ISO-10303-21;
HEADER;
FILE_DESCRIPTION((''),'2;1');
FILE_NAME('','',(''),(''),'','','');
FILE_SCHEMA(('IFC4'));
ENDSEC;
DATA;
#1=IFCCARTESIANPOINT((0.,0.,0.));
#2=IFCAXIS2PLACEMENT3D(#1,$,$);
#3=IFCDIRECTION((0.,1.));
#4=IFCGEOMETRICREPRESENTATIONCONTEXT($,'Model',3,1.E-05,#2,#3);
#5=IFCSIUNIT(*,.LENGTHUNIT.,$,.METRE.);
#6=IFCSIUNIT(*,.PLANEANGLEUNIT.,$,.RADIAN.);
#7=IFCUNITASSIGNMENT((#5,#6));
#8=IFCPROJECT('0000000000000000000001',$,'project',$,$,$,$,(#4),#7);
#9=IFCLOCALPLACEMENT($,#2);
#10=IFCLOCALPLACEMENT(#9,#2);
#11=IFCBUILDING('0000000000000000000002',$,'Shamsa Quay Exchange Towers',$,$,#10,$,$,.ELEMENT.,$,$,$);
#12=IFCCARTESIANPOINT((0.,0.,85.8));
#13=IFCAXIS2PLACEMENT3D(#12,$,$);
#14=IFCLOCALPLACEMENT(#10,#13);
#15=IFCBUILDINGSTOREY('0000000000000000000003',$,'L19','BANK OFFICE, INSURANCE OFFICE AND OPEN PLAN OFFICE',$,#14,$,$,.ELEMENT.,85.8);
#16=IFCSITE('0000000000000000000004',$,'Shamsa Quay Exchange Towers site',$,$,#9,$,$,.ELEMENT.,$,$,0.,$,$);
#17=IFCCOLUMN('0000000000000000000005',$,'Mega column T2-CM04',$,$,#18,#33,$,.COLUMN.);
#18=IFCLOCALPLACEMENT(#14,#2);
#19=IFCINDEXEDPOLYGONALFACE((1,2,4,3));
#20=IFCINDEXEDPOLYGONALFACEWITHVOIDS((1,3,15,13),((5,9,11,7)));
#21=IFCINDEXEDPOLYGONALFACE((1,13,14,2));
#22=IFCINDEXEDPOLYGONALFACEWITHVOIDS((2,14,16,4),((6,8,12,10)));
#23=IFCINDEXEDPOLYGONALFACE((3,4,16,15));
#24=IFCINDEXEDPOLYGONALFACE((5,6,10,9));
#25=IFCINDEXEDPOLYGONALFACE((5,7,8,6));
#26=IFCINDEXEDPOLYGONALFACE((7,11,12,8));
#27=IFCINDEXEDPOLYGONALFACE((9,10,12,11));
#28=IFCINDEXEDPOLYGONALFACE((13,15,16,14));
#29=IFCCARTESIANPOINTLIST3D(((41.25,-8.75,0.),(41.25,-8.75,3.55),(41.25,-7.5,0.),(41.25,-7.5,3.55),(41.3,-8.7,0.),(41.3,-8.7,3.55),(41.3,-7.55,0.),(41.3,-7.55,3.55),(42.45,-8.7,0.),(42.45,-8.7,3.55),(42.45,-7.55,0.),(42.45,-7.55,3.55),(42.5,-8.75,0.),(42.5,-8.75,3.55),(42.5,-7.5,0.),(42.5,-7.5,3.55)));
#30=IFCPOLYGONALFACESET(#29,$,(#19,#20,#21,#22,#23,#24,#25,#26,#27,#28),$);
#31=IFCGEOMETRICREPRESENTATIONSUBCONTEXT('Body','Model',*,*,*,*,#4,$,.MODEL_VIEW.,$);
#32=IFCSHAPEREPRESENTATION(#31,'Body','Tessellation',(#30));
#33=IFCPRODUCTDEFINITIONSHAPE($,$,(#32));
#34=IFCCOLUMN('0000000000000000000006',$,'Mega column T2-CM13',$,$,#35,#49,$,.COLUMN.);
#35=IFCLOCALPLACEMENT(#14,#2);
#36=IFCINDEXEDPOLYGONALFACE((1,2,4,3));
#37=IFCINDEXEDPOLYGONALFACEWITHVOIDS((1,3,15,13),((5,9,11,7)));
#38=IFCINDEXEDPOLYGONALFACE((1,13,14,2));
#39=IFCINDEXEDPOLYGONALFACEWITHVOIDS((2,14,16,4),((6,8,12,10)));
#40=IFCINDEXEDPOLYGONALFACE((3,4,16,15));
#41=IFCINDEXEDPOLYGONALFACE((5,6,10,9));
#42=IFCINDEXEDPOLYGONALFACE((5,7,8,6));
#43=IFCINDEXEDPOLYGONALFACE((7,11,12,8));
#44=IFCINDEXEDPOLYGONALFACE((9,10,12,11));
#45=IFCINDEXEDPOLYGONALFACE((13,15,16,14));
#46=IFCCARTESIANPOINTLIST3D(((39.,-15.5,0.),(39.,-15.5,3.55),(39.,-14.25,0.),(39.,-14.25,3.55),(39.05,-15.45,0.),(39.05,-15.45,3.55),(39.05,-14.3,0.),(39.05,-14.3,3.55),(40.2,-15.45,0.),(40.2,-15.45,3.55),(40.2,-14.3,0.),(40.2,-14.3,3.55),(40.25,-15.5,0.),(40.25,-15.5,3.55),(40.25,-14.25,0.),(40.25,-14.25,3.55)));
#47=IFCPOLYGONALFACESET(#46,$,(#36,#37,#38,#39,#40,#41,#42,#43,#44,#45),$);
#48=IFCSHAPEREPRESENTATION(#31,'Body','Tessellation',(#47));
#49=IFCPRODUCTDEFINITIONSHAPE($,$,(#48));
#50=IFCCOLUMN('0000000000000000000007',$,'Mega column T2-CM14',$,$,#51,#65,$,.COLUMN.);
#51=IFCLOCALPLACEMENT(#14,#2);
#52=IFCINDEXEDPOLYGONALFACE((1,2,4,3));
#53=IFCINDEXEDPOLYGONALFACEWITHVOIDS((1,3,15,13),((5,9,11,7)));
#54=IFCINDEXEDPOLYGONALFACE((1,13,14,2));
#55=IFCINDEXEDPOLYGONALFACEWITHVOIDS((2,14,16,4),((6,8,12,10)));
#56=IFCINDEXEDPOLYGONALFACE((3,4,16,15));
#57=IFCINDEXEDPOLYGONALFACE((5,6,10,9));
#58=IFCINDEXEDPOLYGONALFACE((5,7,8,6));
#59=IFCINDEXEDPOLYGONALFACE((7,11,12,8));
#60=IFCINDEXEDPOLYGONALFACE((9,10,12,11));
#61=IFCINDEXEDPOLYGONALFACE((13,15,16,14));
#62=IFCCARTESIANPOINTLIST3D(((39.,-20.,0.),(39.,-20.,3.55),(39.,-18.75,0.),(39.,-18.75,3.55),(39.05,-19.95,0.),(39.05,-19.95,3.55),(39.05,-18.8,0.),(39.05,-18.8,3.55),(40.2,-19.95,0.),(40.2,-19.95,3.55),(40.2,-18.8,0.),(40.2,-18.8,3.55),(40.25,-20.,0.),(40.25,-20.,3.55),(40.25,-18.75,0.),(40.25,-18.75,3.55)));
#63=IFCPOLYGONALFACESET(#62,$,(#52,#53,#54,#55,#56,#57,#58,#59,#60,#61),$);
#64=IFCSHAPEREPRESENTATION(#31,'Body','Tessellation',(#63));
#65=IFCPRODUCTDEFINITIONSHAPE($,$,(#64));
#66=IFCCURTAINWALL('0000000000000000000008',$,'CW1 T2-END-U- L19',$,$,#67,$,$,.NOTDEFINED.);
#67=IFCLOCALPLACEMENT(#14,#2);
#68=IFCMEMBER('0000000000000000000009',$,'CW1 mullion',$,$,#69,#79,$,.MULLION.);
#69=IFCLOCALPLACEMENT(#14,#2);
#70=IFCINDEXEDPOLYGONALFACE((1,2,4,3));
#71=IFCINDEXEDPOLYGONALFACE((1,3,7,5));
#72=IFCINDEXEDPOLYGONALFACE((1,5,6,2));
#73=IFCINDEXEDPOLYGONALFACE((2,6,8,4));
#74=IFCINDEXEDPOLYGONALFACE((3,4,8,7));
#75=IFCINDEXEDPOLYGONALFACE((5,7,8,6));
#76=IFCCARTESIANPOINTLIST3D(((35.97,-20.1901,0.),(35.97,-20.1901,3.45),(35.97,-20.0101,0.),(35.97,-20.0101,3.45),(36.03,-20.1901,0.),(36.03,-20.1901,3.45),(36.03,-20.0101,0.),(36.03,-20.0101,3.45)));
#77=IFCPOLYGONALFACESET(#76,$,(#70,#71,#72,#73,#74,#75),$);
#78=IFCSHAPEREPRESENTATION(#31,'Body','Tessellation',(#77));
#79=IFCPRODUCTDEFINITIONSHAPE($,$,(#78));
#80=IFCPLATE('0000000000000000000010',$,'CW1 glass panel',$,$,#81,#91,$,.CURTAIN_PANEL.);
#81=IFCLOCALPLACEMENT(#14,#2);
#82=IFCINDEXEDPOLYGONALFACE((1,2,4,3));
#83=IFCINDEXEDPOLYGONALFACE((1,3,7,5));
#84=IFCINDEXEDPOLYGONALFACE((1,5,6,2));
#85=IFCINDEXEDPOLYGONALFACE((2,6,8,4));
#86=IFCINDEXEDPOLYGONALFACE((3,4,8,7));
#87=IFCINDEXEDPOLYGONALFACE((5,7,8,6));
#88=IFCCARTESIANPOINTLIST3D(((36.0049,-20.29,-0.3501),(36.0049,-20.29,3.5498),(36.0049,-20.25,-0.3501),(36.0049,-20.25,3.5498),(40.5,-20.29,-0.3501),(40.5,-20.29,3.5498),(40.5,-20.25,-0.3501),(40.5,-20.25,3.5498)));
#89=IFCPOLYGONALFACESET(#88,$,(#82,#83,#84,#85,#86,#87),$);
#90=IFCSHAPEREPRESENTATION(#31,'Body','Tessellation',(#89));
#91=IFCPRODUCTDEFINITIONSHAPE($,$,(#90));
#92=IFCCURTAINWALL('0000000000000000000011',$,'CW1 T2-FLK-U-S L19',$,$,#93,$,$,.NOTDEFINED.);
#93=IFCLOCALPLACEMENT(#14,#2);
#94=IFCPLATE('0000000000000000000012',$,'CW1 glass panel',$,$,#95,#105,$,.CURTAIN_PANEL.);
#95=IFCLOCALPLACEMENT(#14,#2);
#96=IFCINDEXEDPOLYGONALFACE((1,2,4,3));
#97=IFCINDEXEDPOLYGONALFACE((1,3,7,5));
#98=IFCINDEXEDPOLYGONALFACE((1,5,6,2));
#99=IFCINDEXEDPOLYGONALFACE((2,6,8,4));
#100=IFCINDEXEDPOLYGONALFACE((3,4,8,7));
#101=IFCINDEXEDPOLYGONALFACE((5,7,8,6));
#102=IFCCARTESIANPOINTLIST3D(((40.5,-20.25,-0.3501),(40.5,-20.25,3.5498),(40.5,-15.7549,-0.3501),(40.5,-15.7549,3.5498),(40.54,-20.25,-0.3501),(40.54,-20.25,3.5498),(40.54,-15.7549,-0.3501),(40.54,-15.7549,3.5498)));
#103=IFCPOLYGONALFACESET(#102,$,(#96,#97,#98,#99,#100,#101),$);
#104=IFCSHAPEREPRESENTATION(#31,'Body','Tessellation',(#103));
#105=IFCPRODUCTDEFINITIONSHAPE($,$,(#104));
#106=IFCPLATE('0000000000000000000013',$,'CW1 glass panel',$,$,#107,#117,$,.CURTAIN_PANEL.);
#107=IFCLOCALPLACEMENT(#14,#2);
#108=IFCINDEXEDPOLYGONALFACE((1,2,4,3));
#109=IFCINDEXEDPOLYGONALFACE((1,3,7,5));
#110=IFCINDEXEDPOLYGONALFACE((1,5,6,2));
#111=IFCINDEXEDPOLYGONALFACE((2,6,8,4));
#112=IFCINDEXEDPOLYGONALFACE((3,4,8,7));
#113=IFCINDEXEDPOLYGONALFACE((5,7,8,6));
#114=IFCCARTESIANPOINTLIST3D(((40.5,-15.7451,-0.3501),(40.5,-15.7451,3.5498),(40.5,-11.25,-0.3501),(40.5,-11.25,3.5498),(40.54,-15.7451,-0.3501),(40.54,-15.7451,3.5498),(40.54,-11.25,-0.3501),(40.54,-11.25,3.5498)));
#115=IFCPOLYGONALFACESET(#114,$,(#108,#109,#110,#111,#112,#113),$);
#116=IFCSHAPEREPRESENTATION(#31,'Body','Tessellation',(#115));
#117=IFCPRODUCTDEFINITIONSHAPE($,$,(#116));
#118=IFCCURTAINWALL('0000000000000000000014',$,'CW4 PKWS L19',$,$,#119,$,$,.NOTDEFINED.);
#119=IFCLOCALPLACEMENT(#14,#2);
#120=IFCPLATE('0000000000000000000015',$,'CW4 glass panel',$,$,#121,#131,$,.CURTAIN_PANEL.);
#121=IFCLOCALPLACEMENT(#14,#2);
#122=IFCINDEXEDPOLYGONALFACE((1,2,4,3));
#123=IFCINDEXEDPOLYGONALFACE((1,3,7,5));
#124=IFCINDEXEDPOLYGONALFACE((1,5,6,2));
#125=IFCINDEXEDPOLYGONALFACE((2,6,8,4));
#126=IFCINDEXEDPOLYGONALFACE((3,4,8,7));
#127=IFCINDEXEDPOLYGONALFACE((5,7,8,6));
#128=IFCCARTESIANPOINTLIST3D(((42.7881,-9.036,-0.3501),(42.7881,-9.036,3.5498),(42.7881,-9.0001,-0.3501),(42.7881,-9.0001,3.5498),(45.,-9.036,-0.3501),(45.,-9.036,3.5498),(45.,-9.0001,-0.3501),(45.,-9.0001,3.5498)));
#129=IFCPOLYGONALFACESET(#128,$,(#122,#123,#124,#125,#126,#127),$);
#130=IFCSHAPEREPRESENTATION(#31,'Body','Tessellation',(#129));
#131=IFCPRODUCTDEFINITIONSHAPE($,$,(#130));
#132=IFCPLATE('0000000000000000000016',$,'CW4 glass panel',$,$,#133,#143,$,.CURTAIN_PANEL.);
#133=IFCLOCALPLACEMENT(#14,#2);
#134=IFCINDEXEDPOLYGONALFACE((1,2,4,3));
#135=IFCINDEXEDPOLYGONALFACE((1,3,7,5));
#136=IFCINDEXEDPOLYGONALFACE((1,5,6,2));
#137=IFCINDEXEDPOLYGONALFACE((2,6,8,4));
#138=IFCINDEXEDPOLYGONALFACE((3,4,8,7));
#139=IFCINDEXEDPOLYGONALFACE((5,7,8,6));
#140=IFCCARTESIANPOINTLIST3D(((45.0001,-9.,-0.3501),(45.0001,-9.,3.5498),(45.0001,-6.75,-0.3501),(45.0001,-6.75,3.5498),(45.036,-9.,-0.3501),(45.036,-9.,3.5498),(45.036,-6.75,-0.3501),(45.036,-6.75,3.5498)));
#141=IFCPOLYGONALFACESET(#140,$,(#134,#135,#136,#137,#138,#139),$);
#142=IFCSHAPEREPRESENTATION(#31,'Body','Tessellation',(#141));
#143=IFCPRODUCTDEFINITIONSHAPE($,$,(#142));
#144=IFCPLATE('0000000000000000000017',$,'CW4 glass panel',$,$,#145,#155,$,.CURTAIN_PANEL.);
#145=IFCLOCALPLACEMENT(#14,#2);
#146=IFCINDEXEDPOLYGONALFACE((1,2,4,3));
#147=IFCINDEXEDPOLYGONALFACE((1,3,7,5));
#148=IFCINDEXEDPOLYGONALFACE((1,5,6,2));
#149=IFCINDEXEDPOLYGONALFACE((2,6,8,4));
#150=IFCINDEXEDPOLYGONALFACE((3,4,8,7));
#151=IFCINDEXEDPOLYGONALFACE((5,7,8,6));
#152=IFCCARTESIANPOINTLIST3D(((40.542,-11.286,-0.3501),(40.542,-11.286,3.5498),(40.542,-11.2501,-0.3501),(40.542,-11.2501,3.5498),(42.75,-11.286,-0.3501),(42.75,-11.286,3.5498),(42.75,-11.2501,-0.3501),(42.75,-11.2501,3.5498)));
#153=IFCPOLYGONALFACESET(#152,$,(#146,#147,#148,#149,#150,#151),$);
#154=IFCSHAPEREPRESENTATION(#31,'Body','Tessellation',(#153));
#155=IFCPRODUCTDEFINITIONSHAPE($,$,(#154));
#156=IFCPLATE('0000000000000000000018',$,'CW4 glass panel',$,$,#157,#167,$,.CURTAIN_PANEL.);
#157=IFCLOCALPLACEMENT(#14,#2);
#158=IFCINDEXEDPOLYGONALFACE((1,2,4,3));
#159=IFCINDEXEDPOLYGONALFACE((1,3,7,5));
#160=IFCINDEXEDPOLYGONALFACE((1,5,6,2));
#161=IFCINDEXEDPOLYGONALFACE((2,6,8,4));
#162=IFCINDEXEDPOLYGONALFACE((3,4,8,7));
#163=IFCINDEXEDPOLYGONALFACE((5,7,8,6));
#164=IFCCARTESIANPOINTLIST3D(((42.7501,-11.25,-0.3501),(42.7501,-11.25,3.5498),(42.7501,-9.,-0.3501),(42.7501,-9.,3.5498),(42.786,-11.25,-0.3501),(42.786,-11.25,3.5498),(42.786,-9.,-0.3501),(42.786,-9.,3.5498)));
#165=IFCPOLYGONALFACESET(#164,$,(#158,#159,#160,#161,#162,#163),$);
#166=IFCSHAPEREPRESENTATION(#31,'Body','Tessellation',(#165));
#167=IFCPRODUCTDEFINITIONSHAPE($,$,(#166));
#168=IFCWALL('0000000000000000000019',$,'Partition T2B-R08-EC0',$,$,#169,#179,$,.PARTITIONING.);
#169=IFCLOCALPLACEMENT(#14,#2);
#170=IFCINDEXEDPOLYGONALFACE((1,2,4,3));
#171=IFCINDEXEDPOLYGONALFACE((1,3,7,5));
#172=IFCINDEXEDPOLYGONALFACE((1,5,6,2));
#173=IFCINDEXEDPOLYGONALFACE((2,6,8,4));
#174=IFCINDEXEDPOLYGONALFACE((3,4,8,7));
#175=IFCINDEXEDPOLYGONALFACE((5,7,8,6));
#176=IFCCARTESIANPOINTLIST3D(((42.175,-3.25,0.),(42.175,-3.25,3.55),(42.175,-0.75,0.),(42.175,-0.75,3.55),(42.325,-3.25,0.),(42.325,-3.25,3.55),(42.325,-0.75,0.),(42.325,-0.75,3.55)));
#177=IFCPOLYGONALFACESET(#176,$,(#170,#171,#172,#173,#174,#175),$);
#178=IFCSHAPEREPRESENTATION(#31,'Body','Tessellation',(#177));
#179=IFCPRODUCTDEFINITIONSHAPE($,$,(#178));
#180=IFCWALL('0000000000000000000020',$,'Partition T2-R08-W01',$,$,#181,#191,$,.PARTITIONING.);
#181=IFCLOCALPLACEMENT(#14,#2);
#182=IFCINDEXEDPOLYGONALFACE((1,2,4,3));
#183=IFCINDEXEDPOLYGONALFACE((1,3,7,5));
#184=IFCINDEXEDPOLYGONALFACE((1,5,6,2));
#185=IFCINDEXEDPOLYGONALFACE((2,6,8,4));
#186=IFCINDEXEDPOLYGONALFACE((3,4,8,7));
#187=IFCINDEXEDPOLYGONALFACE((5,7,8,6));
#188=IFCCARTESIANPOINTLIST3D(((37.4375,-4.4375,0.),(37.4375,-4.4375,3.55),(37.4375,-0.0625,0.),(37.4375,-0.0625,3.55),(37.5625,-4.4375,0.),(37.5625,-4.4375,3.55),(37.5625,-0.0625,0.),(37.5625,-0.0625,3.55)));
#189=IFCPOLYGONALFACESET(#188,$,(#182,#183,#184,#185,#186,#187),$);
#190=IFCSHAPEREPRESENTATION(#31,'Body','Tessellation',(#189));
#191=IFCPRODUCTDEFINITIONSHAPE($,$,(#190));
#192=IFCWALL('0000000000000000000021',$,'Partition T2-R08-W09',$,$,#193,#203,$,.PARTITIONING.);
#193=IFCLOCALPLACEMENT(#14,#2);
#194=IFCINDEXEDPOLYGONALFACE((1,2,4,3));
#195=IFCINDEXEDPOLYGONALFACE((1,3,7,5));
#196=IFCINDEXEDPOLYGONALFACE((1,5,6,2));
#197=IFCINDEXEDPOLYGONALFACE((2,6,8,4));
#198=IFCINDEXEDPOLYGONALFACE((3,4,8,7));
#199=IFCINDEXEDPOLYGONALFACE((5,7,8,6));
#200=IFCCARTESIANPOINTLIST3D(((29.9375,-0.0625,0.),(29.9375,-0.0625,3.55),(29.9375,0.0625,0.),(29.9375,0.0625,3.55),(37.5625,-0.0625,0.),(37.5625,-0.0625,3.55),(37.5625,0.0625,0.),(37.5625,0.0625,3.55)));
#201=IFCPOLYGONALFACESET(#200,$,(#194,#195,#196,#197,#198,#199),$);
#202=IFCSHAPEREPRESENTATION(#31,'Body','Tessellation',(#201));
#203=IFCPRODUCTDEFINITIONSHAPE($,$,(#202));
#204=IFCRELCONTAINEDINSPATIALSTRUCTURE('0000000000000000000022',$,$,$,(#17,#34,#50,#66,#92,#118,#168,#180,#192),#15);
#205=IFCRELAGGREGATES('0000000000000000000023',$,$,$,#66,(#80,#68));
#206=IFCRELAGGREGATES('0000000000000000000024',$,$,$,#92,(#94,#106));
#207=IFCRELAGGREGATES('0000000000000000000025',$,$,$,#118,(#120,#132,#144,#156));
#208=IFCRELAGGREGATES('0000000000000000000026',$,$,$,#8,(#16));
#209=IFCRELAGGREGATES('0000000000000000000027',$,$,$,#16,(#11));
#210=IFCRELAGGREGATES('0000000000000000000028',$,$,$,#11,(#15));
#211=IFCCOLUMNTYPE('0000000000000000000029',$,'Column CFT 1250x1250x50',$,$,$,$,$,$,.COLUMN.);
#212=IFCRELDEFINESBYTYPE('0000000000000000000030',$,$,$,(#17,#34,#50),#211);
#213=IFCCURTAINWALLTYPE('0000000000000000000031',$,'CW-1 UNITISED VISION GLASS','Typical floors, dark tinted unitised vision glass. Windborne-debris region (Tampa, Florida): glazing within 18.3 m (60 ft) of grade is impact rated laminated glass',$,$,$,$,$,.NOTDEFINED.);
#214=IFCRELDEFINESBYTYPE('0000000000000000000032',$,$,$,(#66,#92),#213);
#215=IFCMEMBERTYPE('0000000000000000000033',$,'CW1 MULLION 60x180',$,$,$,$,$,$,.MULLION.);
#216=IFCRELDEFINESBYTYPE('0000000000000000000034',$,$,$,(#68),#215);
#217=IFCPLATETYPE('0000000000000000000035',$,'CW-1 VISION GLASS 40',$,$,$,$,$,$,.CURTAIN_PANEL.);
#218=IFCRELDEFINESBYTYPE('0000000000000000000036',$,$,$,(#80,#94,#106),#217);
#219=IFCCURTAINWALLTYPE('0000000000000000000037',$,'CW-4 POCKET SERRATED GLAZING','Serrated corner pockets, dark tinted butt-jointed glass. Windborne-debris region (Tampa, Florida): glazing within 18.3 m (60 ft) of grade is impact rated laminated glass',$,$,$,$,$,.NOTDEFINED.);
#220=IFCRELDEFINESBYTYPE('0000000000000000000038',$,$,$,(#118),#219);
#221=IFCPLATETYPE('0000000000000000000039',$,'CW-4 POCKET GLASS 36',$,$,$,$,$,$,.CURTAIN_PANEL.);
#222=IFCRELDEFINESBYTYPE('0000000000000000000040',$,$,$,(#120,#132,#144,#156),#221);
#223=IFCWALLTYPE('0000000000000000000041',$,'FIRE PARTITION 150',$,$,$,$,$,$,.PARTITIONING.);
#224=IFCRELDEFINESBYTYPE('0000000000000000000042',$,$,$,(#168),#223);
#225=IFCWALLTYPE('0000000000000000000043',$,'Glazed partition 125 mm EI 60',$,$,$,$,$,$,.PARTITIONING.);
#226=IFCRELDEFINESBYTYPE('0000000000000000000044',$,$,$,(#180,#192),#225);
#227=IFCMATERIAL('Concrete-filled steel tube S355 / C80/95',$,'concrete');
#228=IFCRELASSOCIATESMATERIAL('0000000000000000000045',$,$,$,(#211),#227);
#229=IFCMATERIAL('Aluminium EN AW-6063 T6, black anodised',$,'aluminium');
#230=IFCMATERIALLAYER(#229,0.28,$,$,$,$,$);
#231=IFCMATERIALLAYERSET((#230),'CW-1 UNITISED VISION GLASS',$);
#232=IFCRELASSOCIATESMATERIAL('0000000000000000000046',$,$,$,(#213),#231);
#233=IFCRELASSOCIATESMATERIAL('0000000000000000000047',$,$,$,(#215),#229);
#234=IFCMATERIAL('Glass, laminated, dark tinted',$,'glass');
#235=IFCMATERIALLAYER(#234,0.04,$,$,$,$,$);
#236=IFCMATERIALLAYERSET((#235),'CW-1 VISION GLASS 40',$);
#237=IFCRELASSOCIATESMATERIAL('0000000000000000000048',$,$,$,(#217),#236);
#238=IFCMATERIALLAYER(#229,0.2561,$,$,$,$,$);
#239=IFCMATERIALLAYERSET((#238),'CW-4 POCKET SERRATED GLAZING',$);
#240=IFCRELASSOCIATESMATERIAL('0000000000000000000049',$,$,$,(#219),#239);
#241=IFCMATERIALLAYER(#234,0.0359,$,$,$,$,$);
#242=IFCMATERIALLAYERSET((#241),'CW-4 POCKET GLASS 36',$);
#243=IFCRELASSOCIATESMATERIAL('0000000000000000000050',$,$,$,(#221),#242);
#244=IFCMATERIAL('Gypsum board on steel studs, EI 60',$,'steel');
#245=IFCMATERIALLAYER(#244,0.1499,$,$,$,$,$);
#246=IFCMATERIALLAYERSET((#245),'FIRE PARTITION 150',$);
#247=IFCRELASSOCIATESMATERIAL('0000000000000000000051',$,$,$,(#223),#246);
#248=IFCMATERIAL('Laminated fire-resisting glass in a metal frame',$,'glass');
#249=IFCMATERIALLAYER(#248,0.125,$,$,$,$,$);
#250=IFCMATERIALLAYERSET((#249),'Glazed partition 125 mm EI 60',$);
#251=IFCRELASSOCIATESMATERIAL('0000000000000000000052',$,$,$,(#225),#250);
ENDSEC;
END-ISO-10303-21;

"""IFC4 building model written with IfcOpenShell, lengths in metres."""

from ifc_helpers import new_model, si_unit, direction, frame, frame_2d, origin, origin_2d, place, context, subcontext, project, spatial, rectangle, hollow_rectangle, extrude, material, layer, layer_set, material_profile, profile_set, type_object, element, aggregate, save


model = new_model("IFC4")

# Units and contexts
model_context = context("Model", 3, precision=1e-05, world=origin(), true_north=direction((0.0, 1.0)))
body_context = subcontext(model_context, "Body", "Model", "MODEL_VIEW")
ifc_project = project(units=[si_unit("LENGTHUNIT", "METRE"), si_unit("PLANEANGLEUNIT", "RADIAN")], contexts=[model_context])

# Site, building, storey
site_placement = place(None, origin())
site = spatial("IfcSite", under=ifc_project, at=site_placement, Name="Shamsa Quay Exchange Towers site", CompositionType="ELEMENT", RefElevation=0.0)
building_placement = place(site_placement, origin())
building = spatial("IfcBuilding", under=site, at=building_placement, Name="Shamsa Quay Exchange Towers", CompositionType="ELEMENT")
storey_placement = place(building_placement, frame((0.0, 0.0, 85.8)))
storey = spatial("IfcBuildingStorey", under=building, at=storey_placement, Name="L19", Description="BANK OFFICE, INSURANCE OFFICE AND OPEN PLAN OFFICE", CompositionType="ELEMENT", Elevation=85.8)

# Columns
ifc_material_1 = material(Name="Concrete-filled steel tube S355 / C80/95", Category="concrete")
ifc_material_profile_1 = material_profile(ifc_material_1, hollow_rectangle(XDim=1.25, YDim=1.25, WallThickness=0.05, at=origin_2d()), Name="CFT 1250x1250x50")
ifc_profile_set_1 = profile_set([ifc_material_profile_1], Name="Concrete-filled steel tube S355 / C80/95")
column_type = type_object("IfcColumnType", Name="Column CFT 1250x1250x50", PredefinedType="COLUMN", material=ifc_profile_set_1)
for number, where, name in (
    (1, (41.875, -8.125, 0.0), "Mega column T2-CM04"),
    (2, (39.625, -14.875, 0.0), "Mega column T2-CM13"),
    (3, (39.625, -19.375, 0.0), "Mega column T2-CM14"),
):
    element("IfcColumn", number, at=place(storey_placement, frame(where)), inside=storey, type_object=column_type, Name=name, PredefinedType="COLUMN", context=body_context, shape_type="SweptSolid", body=[
        extrude(hollow_rectangle(XDim=1.25, YDim=1.25, WallThickness=0.05, at=origin_2d()), origin(), (0.0, 0.0, 1.0), 3.55),
    ])

# Curtain wall, member, plate
ifc_material_2 = material(Name="Aluminium EN AW-6063 T6, black anodised", Category="aluminium")
ifc_layer_1 = layer(ifc_material_2, 0.28)
ifc_layer_set_1 = layer_set([ifc_layer_1], Name="CW-1 UNITISED VISION GLASS")
curtain_wall_type_1 = type_object("IfcCurtainWallType", Name="CW-1 UNITISED VISION GLASS", Description="Typical floors, dark tinted unitised vision glass. Windborne-debris region (Tampa, Florida): glazing within 18.3 m (60 ft) of grade is impact rated laminated glass", PredefinedType="NOTDEFINED", material=ifc_layer_set_1)
curtain_wall_1_placement = place(storey_placement, origin())
curtain_wall_1 = element("IfcCurtainWall", 4, at=curtain_wall_1_placement, inside=storey, type_object=curtain_wall_type_1, Name="CW1 T2-END-U- L19", PredefinedType="NOTDEFINED")
ifc_material_profile_2 = material_profile(ifc_material_2, rectangle(XDim=0.1799, YDim=0.0601, at=origin_2d()), Name="MU60x180")
ifc_profile_set_2 = profile_set([ifc_material_profile_2], Name="Aluminium EN AW-6063 T6, black anodised")
member_type = type_object("IfcMemberType", Name="CW1 MULLION 60x180", PredefinedType="MULLION", material=ifc_profile_set_2)
member_placement = place(storey_placement, frame((36.0, -20.1001, 0.0), z_axis=(0.0, 0.0, 1.0), x_axis=(0.0, 1.0, 0.0)))
member = element("IfcMember", 5, at=member_placement, type_object=member_type, Name="CW1 mullion", PredefinedType="MULLION", context=body_context, shape_type="SweptSolid", body=[
    extrude(rectangle(XDim=0.1799, YDim=0.0601, at=origin_2d()), origin(), (0.0, 0.0, 1.0), 3.45),
])
ifc_material_3 = material(Name="Glass, laminated, dark tinted", Category="glass")
ifc_layer_2 = layer(ifc_material_3, 0.04)
ifc_layer_set_2 = layer_set([ifc_layer_2], Name="CW-1 VISION GLASS 40")
plate_type_1 = type_object("IfcPlateType", Name="CW-1 VISION GLASS 40", PredefinedType="CURTAIN_PANEL", material=ifc_layer_set_2)
plate_1_placement = place(storey_placement, frame((38.2524, -20.27, -0.3501)))
plate_1 = element("IfcPlate", 6, at=plate_1_placement, type_object=plate_type_1, Name="CW1 glass panel", PredefinedType="CURTAIN_PANEL", context=body_context, shape_type="SweptSolid", body=[
    extrude(rectangle(XDim=4.4951, YDim=0.04, at=origin_2d()), origin(), (0.0, 0.0, 1.0), 3.8999),
])
aggregate(curtain_wall_1, [plate_1, member])

# Curtain walls, plates
curtain_wall_2_placement = place(storey_placement, origin())
curtain_wall_2 = element("IfcCurtainWall", 7, at=curtain_wall_2_placement, inside=storey, type_object=curtain_wall_type_1, Name="CW1 T2-FLK-U-S L19", PredefinedType="NOTDEFINED")
plate_2_placement = place(storey_placement, frame((40.52, -18.0024, -0.3501), z_axis=(0.0, 0.0, 1.0), x_axis=(0.0, 1.0, 0.0)))
plate_2 = element("IfcPlate", 8, at=plate_2_placement, type_object=plate_type_1, Name="CW1 glass panel", PredefinedType="CURTAIN_PANEL", context=body_context, shape_type="SweptSolid", body=[
    extrude(rectangle(XDim=4.4951, YDim=0.04, at=origin_2d()), origin(), (0.0, 0.0, 1.0), 3.8999),
])
plate_3_placement = place(storey_placement, frame((40.52, -13.4976, -0.3501), z_axis=(0.0, 0.0, 1.0), x_axis=(0.0, 1.0, 0.0)))
plate_3 = element("IfcPlate", 9, at=plate_3_placement, type_object=plate_type_1, Name="CW1 glass panel", PredefinedType="CURTAIN_PANEL", context=body_context, shape_type="SweptSolid", body=[
    extrude(rectangle(XDim=4.4951, YDim=0.04, at=origin_2d()), origin(), (0.0, 0.0, 1.0), 3.8999),
])
aggregate(curtain_wall_2, [plate_2, plate_3])
ifc_layer_3 = layer(ifc_material_2, 0.2561)
ifc_layer_set_3 = layer_set([ifc_layer_3], Name="CW-4 POCKET SERRATED GLAZING")
curtain_wall_type_2 = type_object("IfcCurtainWallType", Name="CW-4 POCKET SERRATED GLAZING", Description="Serrated corner pockets, dark tinted butt-jointed glass. Windborne-debris region (Tampa, Florida): glazing within 18.3 m (60 ft) of grade is impact rated laminated glass", PredefinedType="NOTDEFINED", material=ifc_layer_set_3)
curtain_wall_3_placement = place(storey_placement, origin())
curtain_wall_3 = element("IfcCurtainWall", 10, at=curtain_wall_3_placement, inside=storey, type_object=curtain_wall_type_2, Name="CW4 PKWS L19", PredefinedType="NOTDEFINED")
ifc_layer_4 = layer(ifc_material_3, 0.0359)
ifc_layer_set_4 = layer_set([ifc_layer_4], Name="CW-4 POCKET GLASS 36")
plate_type_2 = type_object("IfcPlateType", Name="CW-4 POCKET GLASS 36", PredefinedType="CURTAIN_PANEL", material=ifc_layer_set_4)
plate_4_placement = place(storey_placement, frame((43.894, -9.0181, -0.3501)))
plate_4 = element("IfcPlate", 11, at=plate_4_placement, type_object=plate_type_2, Name="CW4 glass panel", PredefinedType="CURTAIN_PANEL", context=body_context, shape_type="SweptSolid", body=[
    extrude(rectangle(XDim=2.2119, YDim=0.0359, at=origin_2d()), origin(), (0.0, 0.0, 1.0), 3.8999),
])
plate_5_placement = place(storey_placement, frame((45.0181, -7.875, -0.3501), z_axis=(0.0, 0.0, 1.0), x_axis=(0.0, 1.0, 0.0)))
plate_5 = element("IfcPlate", 12, at=plate_5_placement, type_object=plate_type_2, Name="CW4 glass panel", PredefinedType="CURTAIN_PANEL", context=body_context, shape_type="SweptSolid", body=[
    extrude(rectangle(XDim=2.25, YDim=0.0359, at=origin_2d()), origin(), (0.0, 0.0, 1.0), 3.8999),
])
plate_6_placement = place(storey_placement, frame((41.646, -11.2681, -0.3501)))
plate_6 = element("IfcPlate", 13, at=plate_6_placement, type_object=plate_type_2, Name="CW4 glass panel", PredefinedType="CURTAIN_PANEL", context=body_context, shape_type="SweptSolid", body=[
    extrude(rectangle(XDim=2.208, YDim=0.0359, at=origin_2d()), origin(), (0.0, 0.0, 1.0), 3.8999),
])
plate_7_placement = place(storey_placement, frame((42.7681, -10.125, -0.3501), z_axis=(0.0, 0.0, 1.0), x_axis=(0.0, 1.0, 0.0)))
plate_7 = element("IfcPlate", 14, at=plate_7_placement, type_object=plate_type_2, Name="CW4 glass panel", PredefinedType="CURTAIN_PANEL", context=body_context, shape_type="SweptSolid", body=[
    extrude(rectangle(XDim=2.25, YDim=0.0359, at=origin_2d()), origin(), (0.0, 0.0, 1.0), 3.8999),
])
aggregate(curtain_wall_3, [plate_4, plate_5, plate_6, plate_7])

# Walls
ifc_material_4 = material(Name="Gypsum board on steel studs, EI 60", Category="steel")
ifc_layer_5 = layer(ifc_material_4, 0.1499)
ifc_layer_set_5 = layer_set([ifc_layer_5], Name="FIRE PARTITION 150")
wall_type_1 = type_object("IfcWallType", Name="FIRE PARTITION 150", PredefinedType="PARTITIONING", material=ifc_layer_set_5)
wall_1_placement = place(storey_placement, frame((42.25, -3.25, 0.0), z_axis=(0.0, 0.0, 1.0), x_axis=(0.0, 1.0, 0.0)))
element("IfcWall", 15, at=wall_1_placement, inside=storey, type_object=wall_type_1, Name="Partition T2B-R08-EC0", PredefinedType="PARTITIONING", context=body_context, shape_type="SweptSolid", body=[
    extrude(rectangle(XDim=2.5, YDim=0.1499, at=frame_2d((1.25, 0.0))), origin(), (0.0, 0.0, 1.0), 3.55),
])
ifc_material_5 = material(Name="Laminated fire-resisting glass in a metal frame", Category="glass")
ifc_layer_6 = layer(ifc_material_5, 0.125)
ifc_layer_set_6 = layer_set([ifc_layer_6], Name="Glazed partition 125 mm EI 60")
wall_type_2 = type_object("IfcWallType", Name="Glazed partition 125 mm EI 60", PredefinedType="PARTITIONING", material=ifc_layer_set_6)
wall_2_placement = place(storey_placement, frame((37.5, -4.4375, 0.0), z_axis=(0.0, 0.0, 1.0), x_axis=(0.0, 1.0, 0.0)))
element("IfcWall", 16, at=wall_2_placement, inside=storey, type_object=wall_type_2, Name="Partition T2-R08-W01", PredefinedType="PARTITIONING", context=body_context, shape_type="SweptSolid", body=[
    extrude(rectangle(XDim=4.375, YDim=0.125, at=frame_2d((2.1875, 0.0))), origin(), (0.0, 0.0, 1.0), 3.55),
])
wall_3_placement = place(storey_placement, frame((37.5625, 0.0, 0.0), z_axis=(0.0, 0.0, 1.0), x_axis=(-1.0, 0.0, 0.0)))
element("IfcWall", 17, at=wall_3_placement, inside=storey, type_object=wall_type_2, Name="Partition T2-R08-W09", PredefinedType="PARTITIONING", context=body_context, shape_type="SweptSolid", body=[
    extrude(rectangle(XDim=7.625, YDim=0.125, at=frame_2d((3.8125, 0.0))), origin(), (0.0, 0.0, 1.0), 3.55),
])

save(model, "model.ifc")
